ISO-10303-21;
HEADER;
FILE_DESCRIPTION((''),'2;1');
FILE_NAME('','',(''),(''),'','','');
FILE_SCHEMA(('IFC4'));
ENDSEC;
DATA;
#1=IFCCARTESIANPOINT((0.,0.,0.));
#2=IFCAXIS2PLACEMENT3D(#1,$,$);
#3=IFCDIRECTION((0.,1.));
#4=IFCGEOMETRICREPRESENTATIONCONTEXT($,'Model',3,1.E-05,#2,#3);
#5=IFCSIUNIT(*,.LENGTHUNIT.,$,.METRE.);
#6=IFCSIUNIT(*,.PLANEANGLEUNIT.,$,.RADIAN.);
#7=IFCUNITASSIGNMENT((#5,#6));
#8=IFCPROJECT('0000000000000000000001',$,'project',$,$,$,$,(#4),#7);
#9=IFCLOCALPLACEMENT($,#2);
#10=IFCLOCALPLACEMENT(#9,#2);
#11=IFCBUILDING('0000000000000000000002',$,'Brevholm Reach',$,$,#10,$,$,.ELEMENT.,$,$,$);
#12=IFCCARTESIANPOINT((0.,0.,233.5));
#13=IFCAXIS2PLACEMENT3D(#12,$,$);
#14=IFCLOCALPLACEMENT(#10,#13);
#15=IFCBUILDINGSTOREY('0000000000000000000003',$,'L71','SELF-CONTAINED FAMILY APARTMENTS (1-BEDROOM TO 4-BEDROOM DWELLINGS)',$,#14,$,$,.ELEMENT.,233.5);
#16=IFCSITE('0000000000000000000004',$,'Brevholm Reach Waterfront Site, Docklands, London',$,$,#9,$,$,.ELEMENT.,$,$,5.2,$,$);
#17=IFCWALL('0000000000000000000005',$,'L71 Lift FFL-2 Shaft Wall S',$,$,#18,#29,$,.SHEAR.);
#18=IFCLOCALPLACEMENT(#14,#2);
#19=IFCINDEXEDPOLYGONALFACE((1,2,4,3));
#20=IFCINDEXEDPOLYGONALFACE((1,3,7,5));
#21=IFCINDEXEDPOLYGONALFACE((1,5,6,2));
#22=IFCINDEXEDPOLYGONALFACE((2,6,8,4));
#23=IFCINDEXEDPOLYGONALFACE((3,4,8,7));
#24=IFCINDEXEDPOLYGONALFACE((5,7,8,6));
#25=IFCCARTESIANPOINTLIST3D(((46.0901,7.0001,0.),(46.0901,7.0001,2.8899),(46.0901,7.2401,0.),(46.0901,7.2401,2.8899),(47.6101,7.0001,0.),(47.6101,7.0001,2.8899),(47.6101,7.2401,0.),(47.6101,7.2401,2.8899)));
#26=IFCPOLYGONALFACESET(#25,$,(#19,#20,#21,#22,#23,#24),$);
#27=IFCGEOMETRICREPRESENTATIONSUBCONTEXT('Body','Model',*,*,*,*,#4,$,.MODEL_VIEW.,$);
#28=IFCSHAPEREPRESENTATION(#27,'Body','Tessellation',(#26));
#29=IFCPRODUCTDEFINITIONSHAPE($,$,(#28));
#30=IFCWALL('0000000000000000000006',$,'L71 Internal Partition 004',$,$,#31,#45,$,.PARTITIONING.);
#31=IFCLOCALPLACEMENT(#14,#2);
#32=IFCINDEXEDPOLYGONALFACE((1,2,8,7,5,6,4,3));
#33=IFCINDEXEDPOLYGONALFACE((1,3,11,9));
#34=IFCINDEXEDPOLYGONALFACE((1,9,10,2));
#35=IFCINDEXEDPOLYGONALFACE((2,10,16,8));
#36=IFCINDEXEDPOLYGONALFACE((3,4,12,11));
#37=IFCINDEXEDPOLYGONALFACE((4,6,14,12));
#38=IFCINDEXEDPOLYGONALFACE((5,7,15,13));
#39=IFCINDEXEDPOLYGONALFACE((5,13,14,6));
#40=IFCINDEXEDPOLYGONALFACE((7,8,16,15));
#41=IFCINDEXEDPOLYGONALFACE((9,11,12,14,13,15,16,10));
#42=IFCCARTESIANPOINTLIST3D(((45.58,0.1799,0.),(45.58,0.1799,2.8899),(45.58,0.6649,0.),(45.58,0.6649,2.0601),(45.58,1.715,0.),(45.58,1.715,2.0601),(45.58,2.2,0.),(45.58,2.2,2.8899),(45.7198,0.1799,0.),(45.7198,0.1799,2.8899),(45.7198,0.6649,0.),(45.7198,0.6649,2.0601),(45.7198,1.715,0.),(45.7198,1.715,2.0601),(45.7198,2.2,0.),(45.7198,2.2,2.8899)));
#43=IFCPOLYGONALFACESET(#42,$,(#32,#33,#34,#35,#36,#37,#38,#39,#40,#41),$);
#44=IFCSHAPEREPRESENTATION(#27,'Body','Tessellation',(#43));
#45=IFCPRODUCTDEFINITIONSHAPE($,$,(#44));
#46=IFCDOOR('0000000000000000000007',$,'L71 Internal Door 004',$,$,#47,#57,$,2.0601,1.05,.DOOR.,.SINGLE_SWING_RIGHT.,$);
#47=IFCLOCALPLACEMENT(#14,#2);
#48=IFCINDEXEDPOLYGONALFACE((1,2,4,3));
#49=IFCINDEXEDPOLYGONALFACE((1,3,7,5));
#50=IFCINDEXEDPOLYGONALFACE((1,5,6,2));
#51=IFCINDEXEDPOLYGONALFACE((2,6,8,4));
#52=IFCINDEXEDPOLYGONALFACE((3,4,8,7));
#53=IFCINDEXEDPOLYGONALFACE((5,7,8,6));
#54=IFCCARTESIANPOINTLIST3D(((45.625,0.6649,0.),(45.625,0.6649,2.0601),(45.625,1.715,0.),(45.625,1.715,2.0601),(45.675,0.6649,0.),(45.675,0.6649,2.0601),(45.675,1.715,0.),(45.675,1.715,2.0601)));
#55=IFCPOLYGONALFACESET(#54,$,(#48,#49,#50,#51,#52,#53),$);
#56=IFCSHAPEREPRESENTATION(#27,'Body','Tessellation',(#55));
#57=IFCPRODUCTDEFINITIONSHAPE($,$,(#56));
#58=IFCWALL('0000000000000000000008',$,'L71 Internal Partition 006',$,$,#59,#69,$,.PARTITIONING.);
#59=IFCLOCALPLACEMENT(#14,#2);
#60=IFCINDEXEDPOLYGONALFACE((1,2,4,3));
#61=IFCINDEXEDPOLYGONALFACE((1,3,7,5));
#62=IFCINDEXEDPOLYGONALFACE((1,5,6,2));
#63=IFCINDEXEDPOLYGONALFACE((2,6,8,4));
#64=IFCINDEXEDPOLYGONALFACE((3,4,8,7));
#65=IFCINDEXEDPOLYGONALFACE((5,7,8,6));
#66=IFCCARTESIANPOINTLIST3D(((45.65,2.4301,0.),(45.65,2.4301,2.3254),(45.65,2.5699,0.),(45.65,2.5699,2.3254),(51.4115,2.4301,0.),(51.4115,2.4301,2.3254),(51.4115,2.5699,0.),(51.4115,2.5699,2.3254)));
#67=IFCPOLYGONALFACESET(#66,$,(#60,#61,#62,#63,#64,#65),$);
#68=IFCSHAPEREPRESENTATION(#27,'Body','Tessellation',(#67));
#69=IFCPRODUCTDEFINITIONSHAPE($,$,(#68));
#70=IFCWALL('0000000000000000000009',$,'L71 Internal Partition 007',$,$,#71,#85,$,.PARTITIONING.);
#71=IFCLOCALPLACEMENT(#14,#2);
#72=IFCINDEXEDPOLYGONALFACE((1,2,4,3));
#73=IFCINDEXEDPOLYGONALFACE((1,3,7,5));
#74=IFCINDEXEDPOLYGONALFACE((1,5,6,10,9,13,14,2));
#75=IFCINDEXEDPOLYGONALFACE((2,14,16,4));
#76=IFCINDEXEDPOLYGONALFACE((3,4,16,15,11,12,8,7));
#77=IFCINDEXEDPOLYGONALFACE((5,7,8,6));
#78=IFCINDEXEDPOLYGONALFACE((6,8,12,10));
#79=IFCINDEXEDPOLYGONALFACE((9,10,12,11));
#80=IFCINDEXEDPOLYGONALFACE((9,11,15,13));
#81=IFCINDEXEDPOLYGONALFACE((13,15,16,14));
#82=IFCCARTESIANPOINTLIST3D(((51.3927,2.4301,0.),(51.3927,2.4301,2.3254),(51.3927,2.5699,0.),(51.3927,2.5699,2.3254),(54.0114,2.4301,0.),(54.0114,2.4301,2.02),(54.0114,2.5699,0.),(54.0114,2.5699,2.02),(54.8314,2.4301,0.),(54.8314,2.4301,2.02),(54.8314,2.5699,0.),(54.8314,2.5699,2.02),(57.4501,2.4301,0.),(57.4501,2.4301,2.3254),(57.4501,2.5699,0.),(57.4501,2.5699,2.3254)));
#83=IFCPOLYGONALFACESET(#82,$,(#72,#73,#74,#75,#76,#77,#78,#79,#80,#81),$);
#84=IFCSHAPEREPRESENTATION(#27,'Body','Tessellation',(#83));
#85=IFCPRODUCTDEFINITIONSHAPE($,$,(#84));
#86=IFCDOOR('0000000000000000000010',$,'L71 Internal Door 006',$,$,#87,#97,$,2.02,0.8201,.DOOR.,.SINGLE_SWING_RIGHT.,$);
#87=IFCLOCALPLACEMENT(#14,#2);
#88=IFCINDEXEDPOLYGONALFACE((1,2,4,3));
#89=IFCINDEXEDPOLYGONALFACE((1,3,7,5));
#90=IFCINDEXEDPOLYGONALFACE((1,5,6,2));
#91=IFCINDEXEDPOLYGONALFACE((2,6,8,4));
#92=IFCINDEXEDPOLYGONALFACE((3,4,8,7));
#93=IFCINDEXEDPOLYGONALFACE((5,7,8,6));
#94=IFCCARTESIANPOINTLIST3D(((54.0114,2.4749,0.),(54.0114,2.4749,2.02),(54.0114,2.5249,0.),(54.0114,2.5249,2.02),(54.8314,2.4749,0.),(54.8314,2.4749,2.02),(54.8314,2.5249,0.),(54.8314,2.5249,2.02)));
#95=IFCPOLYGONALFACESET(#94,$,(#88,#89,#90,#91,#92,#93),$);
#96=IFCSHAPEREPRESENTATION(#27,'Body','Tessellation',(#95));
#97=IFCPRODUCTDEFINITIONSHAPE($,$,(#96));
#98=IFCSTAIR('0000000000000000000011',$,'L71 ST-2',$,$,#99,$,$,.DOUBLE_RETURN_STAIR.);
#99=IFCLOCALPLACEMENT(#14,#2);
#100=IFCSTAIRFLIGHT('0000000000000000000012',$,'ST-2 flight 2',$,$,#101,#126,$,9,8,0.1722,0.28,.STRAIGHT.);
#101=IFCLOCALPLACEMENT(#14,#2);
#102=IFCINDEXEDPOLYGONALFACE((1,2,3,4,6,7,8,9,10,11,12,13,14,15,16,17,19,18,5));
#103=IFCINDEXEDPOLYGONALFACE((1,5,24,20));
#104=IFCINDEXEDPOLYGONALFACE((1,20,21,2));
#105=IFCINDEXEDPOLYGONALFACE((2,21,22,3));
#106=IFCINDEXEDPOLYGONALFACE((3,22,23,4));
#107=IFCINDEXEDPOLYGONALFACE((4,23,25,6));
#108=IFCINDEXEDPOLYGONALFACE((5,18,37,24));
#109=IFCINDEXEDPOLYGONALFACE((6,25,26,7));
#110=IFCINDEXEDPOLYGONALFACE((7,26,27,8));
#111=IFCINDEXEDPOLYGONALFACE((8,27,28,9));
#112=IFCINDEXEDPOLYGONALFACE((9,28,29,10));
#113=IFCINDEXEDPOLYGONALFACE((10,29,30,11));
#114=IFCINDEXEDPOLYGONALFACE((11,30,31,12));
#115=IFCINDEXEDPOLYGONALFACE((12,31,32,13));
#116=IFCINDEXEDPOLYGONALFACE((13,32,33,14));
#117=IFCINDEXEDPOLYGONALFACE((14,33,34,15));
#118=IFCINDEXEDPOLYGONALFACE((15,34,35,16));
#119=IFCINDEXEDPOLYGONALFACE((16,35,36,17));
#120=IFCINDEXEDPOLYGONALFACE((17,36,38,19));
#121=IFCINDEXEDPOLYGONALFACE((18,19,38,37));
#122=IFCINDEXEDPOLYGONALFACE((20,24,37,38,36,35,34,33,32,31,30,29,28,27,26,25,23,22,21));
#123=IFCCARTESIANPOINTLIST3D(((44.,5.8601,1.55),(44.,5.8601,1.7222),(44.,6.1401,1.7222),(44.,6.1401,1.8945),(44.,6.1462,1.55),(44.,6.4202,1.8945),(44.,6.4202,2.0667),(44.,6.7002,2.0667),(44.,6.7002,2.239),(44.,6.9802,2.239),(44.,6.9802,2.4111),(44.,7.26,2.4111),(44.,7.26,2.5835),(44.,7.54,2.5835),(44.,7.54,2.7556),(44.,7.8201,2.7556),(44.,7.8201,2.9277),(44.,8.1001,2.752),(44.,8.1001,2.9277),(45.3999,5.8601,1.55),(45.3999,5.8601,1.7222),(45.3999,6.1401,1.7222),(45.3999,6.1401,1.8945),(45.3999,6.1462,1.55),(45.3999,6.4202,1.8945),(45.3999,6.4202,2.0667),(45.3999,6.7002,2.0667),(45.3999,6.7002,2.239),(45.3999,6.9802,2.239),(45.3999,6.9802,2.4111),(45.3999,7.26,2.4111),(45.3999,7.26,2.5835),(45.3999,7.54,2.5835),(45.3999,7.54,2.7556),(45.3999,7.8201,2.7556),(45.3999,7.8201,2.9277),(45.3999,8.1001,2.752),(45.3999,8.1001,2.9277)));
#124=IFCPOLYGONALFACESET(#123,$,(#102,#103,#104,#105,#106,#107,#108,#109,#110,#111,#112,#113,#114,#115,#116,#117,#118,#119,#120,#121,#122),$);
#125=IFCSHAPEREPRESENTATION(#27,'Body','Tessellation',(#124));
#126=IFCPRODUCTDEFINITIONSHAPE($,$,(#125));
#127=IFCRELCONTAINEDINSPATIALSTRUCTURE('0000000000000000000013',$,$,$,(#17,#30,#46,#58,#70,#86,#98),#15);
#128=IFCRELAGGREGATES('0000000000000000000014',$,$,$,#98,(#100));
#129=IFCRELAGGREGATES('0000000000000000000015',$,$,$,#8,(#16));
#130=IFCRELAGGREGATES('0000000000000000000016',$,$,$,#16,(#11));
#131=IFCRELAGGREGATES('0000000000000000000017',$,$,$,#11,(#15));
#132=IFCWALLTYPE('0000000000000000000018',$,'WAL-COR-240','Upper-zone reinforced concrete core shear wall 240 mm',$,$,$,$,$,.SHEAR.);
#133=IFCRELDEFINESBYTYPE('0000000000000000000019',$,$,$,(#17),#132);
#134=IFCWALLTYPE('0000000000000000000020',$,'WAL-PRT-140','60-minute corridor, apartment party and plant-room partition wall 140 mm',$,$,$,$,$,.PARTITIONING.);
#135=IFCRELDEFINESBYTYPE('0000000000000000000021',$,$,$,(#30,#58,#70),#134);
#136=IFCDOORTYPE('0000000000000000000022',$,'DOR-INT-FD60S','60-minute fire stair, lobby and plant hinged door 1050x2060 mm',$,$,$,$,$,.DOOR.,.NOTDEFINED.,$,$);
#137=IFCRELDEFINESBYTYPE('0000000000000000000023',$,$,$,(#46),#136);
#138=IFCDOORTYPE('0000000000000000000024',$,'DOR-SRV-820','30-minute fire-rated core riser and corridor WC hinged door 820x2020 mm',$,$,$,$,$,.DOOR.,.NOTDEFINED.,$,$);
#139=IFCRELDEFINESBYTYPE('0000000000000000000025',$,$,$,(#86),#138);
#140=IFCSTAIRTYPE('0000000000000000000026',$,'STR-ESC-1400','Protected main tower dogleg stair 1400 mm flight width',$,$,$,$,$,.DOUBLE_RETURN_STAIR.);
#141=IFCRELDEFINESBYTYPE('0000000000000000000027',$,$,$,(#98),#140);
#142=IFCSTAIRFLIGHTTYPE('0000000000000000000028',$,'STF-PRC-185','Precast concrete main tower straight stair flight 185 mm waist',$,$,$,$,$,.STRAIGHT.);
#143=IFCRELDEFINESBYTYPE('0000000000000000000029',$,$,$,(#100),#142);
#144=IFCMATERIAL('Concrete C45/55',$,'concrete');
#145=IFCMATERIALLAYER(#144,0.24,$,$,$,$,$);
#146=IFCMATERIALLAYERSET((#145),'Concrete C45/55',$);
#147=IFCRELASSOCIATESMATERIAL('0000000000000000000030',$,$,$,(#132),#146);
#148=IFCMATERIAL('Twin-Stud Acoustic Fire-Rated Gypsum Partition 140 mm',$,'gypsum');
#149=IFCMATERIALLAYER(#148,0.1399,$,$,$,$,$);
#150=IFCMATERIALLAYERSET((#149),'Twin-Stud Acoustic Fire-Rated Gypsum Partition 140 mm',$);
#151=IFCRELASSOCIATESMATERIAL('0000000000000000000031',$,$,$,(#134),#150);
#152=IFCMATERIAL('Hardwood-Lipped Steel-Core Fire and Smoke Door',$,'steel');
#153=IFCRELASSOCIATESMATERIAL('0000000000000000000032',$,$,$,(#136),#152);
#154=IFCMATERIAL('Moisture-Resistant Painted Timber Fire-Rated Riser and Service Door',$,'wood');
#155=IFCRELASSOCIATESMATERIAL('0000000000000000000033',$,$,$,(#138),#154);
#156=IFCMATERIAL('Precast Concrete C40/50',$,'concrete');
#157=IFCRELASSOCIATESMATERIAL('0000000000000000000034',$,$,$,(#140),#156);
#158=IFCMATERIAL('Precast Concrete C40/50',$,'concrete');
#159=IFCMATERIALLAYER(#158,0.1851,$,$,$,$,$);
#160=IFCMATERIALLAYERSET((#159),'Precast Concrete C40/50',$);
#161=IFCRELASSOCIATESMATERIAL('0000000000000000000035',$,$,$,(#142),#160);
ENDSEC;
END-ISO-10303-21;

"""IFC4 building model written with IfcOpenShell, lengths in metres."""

from ifc_helpers import new_model, si_unit, direction, frame, frame_2d, origin, place, context, subcontext, project, spatial, polyline, rectangle, outline, extrude, material, layer, layer_set, type_object, element, fill, aggregate, save


model = new_model("IFC4")

# Units and contexts
model_context = context("Model", 3, precision=1e-05, world=origin(), true_north=direction((0.0, 1.0)))
body_context = subcontext(model_context, "Body", "Model", "MODEL_VIEW")
ifc_project = project(units=[si_unit("LENGTHUNIT", "METRE"), si_unit("PLANEANGLEUNIT", "RADIAN")], contexts=[model_context])

# Site, building, storey
site_placement = place(None, origin())
site = spatial("IfcSite", under=ifc_project, at=site_placement, Name="Brevholm Reach Waterfront Site, Docklands, London", CompositionType="ELEMENT", RefElevation=5.2)
building_placement = place(site_placement, origin())
building = spatial("IfcBuilding", under=site, at=building_placement, Name="Brevholm Reach", CompositionType="ELEMENT")
storey_placement = place(building_placement, frame((0.0, 0.0, 233.5)))
storey = spatial("IfcBuildingStorey", under=building, at=storey_placement, Name="L71", Description="SELF-CONTAINED FAMILY APARTMENTS (1-BEDROOM TO 4-BEDROOM DWELLINGS)", CompositionType="ELEMENT", Elevation=233.5)

# Wall
ifc_material_1 = material(Name="Concrete C45/55", Category="concrete")
ifc_layer_1 = layer(ifc_material_1, 0.24)
ifc_layer_set_1 = layer_set([ifc_layer_1], Name="Concrete C45/55")
wall_type_1 = type_object("IfcWallType", Name="WAL-COR-240", Description="Upper-zone reinforced concrete core shear wall 240 mm", PredefinedType="SHEAR", material=ifc_layer_set_1)
wall_1_placement = place(storey_placement, frame((46.0901, 7.1201, 0.0), z_axis=(0.0, 0.0, 1.0), x_axis=(1.0, 0.0, 0.0)))
element("IfcWall", 1, at=wall_1_placement, inside=storey, type_object=wall_type_1, Name="L71 Lift FFL-2 Shaft Wall S", PredefinedType="SHEAR", context=body_context, shape_type="SweptSolid", body=[
    extrude(rectangle(XDim=1.52, YDim=0.24, at=frame_2d((0.76, 0.0))), origin(), (0.0, 0.0, 1.0), 2.8899),
])

# Wall, opening, door
ifc_material_2 = material(Name="Twin-Stud Acoustic Fire-Rated Gypsum Partition 140 mm", Category="gypsum")
ifc_layer_2 = layer(ifc_material_2, 0.1399)
ifc_layer_set_2 = layer_set([ifc_layer_2], Name="Twin-Stud Acoustic Fire-Rated Gypsum Partition 140 mm")
wall_type_2 = type_object("IfcWallType", Name="WAL-PRT-140", Description="60-minute corridor, apartment party and plant-room partition wall 140 mm", PredefinedType="PARTITIONING", material=ifc_layer_set_2)
wall_2_placement = place(storey_placement, frame((45.6499, 0.1799, 0.0), z_axis=(0.0, 0.0, 1.0), x_axis=(0.0, 1.0, 0.0)))
wall_2 = element("IfcWall", 2, at=wall_2_placement, inside=storey, type_object=wall_type_2, Name="L71 Internal Partition 004", PredefinedType="PARTITIONING", context=body_context, shape_type="SweptSolid", body=[
    extrude(rectangle(XDim=2.02, YDim=0.1399, at=frame_2d((1.01, 0.0))), origin(), (0.0, 0.0, 1.0), 2.8899),
])
opening_1_placement = place(wall_2_placement, frame((0.4851, 0.0, 0.0)))
opening_1 = element("IfcOpeningElement", 3, at=opening_1_placement, cuts=wall_2, PredefinedType="OPENING", context=body_context, shape_type="SweptSolid", body=[
    extrude(rectangle(XDim=1.05, YDim=2.0601, at=frame_2d((0.5249, 1.03))), frame((0.0, 0.0798, 0.0), z_axis=(0.0, -1.0, 0.0), x_axis=(1.0, 0.0, 0.0)), (0.0, 0.0, 1.0), 0.1599),
])
ifc_material_3 = material(Name="Hardwood-Lipped Steel-Core Fire and Smoke Door", Category="steel")
door_type_1 = type_object("IfcDoorType", Name="DOR-INT-FD60S", Description="60-minute fire stair, lobby and plant hinged door 1050x2060 mm", OperationType="NOTDEFINED", PredefinedType="DOOR", material=ifc_material_3)
door_1_placement = place(opening_1_placement, origin())
door_1 = element("IfcDoor", 4, at=door_1_placement, inside=storey, type_object=door_type_1, Name="L71 Internal Door 004", OperationType="SINGLE_SWING_RIGHT", OverallHeight=2.0601, OverallWidth=1.05, PredefinedType="DOOR", context=body_context, shape_type="SweptSolid", body=[
    extrude(rectangle(XDim=1.05, YDim=2.0601, at=frame_2d((0.5249, 1.03))), frame((0.0, 0.0249, 0.0), z_axis=(0.0, -1.0, 0.0), x_axis=(1.0, 0.0, 0.0)), (0.0, 0.0, 1.0), 0.05),
])
fill(opening_1, door_1)

# Wall
wall_3_placement = place(storey_placement, frame((45.6499, 2.5, 0.0), z_axis=(0.0, 0.0, 1.0), x_axis=(1.0, 0.0, 0.0)))
element("IfcWall", 5, at=wall_3_placement, inside=storey, type_object=wall_type_2, Name="L71 Internal Partition 006", PredefinedType="PARTITIONING", context=body_context, shape_type="SweptSolid", body=[
    extrude(rectangle(XDim=5.7615, YDim=0.1399, at=frame_2d((2.8809, 0.0))), origin(), (0.0, 0.0, 1.0), 2.3254),
])

# Wall, opening, door
wall_4_placement = place(storey_placement, frame((51.3926, 2.5, 0.0), z_axis=(0.0, 0.0, 1.0), x_axis=(1.0, 0.0, 0.0)))
wall_4 = element("IfcWall", 6, at=wall_4_placement, inside=storey, type_object=wall_type_2, Name="L71 Internal Partition 007", PredefinedType="PARTITIONING", context=body_context, shape_type="SweptSolid", body=[
    extrude(rectangle(XDim=6.0574, YDim=0.1399, at=frame_2d((3.0288, 0.0))), origin(), (0.0, 0.0, 1.0), 2.3254),
])
opening_2_placement = place(wall_4_placement, frame((2.6187, 0.0, 0.0)))
opening_2 = element("IfcOpeningElement", 7, at=opening_2_placement, cuts=wall_4, PredefinedType="OPENING", context=body_context, shape_type="SweptSolid", body=[
    extrude(rectangle(XDim=0.8201, YDim=2.02, at=frame_2d((0.4102, 1.01))), frame((0.0, 0.0798, 0.0), z_axis=(0.0, -1.0, 0.0), x_axis=(1.0, 0.0, 0.0)), (0.0, 0.0, 1.0), 0.1599),
])
ifc_material_4 = material(Name="Moisture-Resistant Painted Timber Fire-Rated Riser and Service Door", Category="wood")
door_type_2 = type_object("IfcDoorType", Name="DOR-SRV-820", Description="30-minute fire-rated core riser and corridor WC hinged door 820x2020 mm", OperationType="NOTDEFINED", PredefinedType="DOOR", material=ifc_material_4)
door_2_placement = place(opening_2_placement, origin())
door_2 = element("IfcDoor", 8, at=door_2_placement, inside=storey, type_object=door_type_2, Name="L71 Internal Door 006", OperationType="SINGLE_SWING_RIGHT", OverallHeight=2.02, OverallWidth=0.8201, PredefinedType="DOOR", context=body_context, shape_type="SweptSolid", body=[
    extrude(rectangle(XDim=0.8201, YDim=2.02, at=frame_2d((0.4102, 1.01))), frame((0.0, 0.0249, 0.0), z_axis=(0.0, -1.0, 0.0), x_axis=(1.0, 0.0, 0.0)), (0.0, 0.0, 1.0), 0.05),
])
fill(opening_2, door_2)

# Stair, stair flight
ifc_material_5 = material(Name="Precast Concrete C40/50", Category="concrete")
stair_type = type_object("IfcStairType", Name="STR-ESC-1400", Description="Protected main tower dogleg stair 1400 mm flight width", PredefinedType="DOUBLE_RETURN_STAIR", material=ifc_material_5)
stair_placement = place(storey_placement, origin())
stair = element("IfcStair", 9, at=stair_placement, inside=storey, type_object=stair_type, Name="L71 ST-2", PredefinedType="DOUBLE_RETURN_STAIR")
ifc_material_6 = material(Name="Precast Concrete C40/50", Category="concrete")
ifc_layer_3 = layer(ifc_material_6, 0.1851)
ifc_layer_set_3 = layer_set([ifc_layer_3], Name="Precast Concrete C40/50")
stair_flight_type = type_object("IfcStairFlightType", Name="STF-PRC-185", Description="Precast concrete main tower straight stair flight 185 mm waist", PredefinedType="STRAIGHT", material=ifc_layer_set_3)
stair_flight_placement = place(storey_placement, frame((44.7, 5.8601, 1.55), z_axis=(0.0, 0.0, 1.0), x_axis=(0.0, 1.0, 0.0)))
stair_flight = element("IfcStairFlight", 10, at=stair_flight_placement, type_object=stair_flight_type, Name="ST-2 flight 2", NumberOfRisers=9, NumberOfTreads=8, PredefinedType="STRAIGHT", RiserHeight=0.1722, TreadLength=0.28, context=body_context, shape_type="SweptSolid", body=[
    extrude(outline(polyline([(0.0, 0.0), (0.0, 0.1721), (0.28, 0.1721), (0.28, 0.3445), (0.5601, 0.3445), (0.5601, 0.5166), (0.8401, 0.5166), (0.8401, 0.689), (1.1201, 0.689), (1.1201, 0.8611), (1.3999, 0.8611), (1.3999, 1.0334), (1.6799, 1.0334), (1.6799, 1.2056), (1.96, 1.2056), (1.96, 1.3777), (2.24, 1.3777), (2.24, 1.55), (2.24, 1.2019), (0.2861, 0.0), (0.0, 0.0)])), frame((0.0, 0.7, 0.0), z_axis=(0.0, -1.0, 0.0), x_axis=(1.0, 0.0, 0.0)), (0.0, 0.0, 1.0), 1.3999),
])
aggregate(stair, [stair_flight])

save(model, "model.ifc")
